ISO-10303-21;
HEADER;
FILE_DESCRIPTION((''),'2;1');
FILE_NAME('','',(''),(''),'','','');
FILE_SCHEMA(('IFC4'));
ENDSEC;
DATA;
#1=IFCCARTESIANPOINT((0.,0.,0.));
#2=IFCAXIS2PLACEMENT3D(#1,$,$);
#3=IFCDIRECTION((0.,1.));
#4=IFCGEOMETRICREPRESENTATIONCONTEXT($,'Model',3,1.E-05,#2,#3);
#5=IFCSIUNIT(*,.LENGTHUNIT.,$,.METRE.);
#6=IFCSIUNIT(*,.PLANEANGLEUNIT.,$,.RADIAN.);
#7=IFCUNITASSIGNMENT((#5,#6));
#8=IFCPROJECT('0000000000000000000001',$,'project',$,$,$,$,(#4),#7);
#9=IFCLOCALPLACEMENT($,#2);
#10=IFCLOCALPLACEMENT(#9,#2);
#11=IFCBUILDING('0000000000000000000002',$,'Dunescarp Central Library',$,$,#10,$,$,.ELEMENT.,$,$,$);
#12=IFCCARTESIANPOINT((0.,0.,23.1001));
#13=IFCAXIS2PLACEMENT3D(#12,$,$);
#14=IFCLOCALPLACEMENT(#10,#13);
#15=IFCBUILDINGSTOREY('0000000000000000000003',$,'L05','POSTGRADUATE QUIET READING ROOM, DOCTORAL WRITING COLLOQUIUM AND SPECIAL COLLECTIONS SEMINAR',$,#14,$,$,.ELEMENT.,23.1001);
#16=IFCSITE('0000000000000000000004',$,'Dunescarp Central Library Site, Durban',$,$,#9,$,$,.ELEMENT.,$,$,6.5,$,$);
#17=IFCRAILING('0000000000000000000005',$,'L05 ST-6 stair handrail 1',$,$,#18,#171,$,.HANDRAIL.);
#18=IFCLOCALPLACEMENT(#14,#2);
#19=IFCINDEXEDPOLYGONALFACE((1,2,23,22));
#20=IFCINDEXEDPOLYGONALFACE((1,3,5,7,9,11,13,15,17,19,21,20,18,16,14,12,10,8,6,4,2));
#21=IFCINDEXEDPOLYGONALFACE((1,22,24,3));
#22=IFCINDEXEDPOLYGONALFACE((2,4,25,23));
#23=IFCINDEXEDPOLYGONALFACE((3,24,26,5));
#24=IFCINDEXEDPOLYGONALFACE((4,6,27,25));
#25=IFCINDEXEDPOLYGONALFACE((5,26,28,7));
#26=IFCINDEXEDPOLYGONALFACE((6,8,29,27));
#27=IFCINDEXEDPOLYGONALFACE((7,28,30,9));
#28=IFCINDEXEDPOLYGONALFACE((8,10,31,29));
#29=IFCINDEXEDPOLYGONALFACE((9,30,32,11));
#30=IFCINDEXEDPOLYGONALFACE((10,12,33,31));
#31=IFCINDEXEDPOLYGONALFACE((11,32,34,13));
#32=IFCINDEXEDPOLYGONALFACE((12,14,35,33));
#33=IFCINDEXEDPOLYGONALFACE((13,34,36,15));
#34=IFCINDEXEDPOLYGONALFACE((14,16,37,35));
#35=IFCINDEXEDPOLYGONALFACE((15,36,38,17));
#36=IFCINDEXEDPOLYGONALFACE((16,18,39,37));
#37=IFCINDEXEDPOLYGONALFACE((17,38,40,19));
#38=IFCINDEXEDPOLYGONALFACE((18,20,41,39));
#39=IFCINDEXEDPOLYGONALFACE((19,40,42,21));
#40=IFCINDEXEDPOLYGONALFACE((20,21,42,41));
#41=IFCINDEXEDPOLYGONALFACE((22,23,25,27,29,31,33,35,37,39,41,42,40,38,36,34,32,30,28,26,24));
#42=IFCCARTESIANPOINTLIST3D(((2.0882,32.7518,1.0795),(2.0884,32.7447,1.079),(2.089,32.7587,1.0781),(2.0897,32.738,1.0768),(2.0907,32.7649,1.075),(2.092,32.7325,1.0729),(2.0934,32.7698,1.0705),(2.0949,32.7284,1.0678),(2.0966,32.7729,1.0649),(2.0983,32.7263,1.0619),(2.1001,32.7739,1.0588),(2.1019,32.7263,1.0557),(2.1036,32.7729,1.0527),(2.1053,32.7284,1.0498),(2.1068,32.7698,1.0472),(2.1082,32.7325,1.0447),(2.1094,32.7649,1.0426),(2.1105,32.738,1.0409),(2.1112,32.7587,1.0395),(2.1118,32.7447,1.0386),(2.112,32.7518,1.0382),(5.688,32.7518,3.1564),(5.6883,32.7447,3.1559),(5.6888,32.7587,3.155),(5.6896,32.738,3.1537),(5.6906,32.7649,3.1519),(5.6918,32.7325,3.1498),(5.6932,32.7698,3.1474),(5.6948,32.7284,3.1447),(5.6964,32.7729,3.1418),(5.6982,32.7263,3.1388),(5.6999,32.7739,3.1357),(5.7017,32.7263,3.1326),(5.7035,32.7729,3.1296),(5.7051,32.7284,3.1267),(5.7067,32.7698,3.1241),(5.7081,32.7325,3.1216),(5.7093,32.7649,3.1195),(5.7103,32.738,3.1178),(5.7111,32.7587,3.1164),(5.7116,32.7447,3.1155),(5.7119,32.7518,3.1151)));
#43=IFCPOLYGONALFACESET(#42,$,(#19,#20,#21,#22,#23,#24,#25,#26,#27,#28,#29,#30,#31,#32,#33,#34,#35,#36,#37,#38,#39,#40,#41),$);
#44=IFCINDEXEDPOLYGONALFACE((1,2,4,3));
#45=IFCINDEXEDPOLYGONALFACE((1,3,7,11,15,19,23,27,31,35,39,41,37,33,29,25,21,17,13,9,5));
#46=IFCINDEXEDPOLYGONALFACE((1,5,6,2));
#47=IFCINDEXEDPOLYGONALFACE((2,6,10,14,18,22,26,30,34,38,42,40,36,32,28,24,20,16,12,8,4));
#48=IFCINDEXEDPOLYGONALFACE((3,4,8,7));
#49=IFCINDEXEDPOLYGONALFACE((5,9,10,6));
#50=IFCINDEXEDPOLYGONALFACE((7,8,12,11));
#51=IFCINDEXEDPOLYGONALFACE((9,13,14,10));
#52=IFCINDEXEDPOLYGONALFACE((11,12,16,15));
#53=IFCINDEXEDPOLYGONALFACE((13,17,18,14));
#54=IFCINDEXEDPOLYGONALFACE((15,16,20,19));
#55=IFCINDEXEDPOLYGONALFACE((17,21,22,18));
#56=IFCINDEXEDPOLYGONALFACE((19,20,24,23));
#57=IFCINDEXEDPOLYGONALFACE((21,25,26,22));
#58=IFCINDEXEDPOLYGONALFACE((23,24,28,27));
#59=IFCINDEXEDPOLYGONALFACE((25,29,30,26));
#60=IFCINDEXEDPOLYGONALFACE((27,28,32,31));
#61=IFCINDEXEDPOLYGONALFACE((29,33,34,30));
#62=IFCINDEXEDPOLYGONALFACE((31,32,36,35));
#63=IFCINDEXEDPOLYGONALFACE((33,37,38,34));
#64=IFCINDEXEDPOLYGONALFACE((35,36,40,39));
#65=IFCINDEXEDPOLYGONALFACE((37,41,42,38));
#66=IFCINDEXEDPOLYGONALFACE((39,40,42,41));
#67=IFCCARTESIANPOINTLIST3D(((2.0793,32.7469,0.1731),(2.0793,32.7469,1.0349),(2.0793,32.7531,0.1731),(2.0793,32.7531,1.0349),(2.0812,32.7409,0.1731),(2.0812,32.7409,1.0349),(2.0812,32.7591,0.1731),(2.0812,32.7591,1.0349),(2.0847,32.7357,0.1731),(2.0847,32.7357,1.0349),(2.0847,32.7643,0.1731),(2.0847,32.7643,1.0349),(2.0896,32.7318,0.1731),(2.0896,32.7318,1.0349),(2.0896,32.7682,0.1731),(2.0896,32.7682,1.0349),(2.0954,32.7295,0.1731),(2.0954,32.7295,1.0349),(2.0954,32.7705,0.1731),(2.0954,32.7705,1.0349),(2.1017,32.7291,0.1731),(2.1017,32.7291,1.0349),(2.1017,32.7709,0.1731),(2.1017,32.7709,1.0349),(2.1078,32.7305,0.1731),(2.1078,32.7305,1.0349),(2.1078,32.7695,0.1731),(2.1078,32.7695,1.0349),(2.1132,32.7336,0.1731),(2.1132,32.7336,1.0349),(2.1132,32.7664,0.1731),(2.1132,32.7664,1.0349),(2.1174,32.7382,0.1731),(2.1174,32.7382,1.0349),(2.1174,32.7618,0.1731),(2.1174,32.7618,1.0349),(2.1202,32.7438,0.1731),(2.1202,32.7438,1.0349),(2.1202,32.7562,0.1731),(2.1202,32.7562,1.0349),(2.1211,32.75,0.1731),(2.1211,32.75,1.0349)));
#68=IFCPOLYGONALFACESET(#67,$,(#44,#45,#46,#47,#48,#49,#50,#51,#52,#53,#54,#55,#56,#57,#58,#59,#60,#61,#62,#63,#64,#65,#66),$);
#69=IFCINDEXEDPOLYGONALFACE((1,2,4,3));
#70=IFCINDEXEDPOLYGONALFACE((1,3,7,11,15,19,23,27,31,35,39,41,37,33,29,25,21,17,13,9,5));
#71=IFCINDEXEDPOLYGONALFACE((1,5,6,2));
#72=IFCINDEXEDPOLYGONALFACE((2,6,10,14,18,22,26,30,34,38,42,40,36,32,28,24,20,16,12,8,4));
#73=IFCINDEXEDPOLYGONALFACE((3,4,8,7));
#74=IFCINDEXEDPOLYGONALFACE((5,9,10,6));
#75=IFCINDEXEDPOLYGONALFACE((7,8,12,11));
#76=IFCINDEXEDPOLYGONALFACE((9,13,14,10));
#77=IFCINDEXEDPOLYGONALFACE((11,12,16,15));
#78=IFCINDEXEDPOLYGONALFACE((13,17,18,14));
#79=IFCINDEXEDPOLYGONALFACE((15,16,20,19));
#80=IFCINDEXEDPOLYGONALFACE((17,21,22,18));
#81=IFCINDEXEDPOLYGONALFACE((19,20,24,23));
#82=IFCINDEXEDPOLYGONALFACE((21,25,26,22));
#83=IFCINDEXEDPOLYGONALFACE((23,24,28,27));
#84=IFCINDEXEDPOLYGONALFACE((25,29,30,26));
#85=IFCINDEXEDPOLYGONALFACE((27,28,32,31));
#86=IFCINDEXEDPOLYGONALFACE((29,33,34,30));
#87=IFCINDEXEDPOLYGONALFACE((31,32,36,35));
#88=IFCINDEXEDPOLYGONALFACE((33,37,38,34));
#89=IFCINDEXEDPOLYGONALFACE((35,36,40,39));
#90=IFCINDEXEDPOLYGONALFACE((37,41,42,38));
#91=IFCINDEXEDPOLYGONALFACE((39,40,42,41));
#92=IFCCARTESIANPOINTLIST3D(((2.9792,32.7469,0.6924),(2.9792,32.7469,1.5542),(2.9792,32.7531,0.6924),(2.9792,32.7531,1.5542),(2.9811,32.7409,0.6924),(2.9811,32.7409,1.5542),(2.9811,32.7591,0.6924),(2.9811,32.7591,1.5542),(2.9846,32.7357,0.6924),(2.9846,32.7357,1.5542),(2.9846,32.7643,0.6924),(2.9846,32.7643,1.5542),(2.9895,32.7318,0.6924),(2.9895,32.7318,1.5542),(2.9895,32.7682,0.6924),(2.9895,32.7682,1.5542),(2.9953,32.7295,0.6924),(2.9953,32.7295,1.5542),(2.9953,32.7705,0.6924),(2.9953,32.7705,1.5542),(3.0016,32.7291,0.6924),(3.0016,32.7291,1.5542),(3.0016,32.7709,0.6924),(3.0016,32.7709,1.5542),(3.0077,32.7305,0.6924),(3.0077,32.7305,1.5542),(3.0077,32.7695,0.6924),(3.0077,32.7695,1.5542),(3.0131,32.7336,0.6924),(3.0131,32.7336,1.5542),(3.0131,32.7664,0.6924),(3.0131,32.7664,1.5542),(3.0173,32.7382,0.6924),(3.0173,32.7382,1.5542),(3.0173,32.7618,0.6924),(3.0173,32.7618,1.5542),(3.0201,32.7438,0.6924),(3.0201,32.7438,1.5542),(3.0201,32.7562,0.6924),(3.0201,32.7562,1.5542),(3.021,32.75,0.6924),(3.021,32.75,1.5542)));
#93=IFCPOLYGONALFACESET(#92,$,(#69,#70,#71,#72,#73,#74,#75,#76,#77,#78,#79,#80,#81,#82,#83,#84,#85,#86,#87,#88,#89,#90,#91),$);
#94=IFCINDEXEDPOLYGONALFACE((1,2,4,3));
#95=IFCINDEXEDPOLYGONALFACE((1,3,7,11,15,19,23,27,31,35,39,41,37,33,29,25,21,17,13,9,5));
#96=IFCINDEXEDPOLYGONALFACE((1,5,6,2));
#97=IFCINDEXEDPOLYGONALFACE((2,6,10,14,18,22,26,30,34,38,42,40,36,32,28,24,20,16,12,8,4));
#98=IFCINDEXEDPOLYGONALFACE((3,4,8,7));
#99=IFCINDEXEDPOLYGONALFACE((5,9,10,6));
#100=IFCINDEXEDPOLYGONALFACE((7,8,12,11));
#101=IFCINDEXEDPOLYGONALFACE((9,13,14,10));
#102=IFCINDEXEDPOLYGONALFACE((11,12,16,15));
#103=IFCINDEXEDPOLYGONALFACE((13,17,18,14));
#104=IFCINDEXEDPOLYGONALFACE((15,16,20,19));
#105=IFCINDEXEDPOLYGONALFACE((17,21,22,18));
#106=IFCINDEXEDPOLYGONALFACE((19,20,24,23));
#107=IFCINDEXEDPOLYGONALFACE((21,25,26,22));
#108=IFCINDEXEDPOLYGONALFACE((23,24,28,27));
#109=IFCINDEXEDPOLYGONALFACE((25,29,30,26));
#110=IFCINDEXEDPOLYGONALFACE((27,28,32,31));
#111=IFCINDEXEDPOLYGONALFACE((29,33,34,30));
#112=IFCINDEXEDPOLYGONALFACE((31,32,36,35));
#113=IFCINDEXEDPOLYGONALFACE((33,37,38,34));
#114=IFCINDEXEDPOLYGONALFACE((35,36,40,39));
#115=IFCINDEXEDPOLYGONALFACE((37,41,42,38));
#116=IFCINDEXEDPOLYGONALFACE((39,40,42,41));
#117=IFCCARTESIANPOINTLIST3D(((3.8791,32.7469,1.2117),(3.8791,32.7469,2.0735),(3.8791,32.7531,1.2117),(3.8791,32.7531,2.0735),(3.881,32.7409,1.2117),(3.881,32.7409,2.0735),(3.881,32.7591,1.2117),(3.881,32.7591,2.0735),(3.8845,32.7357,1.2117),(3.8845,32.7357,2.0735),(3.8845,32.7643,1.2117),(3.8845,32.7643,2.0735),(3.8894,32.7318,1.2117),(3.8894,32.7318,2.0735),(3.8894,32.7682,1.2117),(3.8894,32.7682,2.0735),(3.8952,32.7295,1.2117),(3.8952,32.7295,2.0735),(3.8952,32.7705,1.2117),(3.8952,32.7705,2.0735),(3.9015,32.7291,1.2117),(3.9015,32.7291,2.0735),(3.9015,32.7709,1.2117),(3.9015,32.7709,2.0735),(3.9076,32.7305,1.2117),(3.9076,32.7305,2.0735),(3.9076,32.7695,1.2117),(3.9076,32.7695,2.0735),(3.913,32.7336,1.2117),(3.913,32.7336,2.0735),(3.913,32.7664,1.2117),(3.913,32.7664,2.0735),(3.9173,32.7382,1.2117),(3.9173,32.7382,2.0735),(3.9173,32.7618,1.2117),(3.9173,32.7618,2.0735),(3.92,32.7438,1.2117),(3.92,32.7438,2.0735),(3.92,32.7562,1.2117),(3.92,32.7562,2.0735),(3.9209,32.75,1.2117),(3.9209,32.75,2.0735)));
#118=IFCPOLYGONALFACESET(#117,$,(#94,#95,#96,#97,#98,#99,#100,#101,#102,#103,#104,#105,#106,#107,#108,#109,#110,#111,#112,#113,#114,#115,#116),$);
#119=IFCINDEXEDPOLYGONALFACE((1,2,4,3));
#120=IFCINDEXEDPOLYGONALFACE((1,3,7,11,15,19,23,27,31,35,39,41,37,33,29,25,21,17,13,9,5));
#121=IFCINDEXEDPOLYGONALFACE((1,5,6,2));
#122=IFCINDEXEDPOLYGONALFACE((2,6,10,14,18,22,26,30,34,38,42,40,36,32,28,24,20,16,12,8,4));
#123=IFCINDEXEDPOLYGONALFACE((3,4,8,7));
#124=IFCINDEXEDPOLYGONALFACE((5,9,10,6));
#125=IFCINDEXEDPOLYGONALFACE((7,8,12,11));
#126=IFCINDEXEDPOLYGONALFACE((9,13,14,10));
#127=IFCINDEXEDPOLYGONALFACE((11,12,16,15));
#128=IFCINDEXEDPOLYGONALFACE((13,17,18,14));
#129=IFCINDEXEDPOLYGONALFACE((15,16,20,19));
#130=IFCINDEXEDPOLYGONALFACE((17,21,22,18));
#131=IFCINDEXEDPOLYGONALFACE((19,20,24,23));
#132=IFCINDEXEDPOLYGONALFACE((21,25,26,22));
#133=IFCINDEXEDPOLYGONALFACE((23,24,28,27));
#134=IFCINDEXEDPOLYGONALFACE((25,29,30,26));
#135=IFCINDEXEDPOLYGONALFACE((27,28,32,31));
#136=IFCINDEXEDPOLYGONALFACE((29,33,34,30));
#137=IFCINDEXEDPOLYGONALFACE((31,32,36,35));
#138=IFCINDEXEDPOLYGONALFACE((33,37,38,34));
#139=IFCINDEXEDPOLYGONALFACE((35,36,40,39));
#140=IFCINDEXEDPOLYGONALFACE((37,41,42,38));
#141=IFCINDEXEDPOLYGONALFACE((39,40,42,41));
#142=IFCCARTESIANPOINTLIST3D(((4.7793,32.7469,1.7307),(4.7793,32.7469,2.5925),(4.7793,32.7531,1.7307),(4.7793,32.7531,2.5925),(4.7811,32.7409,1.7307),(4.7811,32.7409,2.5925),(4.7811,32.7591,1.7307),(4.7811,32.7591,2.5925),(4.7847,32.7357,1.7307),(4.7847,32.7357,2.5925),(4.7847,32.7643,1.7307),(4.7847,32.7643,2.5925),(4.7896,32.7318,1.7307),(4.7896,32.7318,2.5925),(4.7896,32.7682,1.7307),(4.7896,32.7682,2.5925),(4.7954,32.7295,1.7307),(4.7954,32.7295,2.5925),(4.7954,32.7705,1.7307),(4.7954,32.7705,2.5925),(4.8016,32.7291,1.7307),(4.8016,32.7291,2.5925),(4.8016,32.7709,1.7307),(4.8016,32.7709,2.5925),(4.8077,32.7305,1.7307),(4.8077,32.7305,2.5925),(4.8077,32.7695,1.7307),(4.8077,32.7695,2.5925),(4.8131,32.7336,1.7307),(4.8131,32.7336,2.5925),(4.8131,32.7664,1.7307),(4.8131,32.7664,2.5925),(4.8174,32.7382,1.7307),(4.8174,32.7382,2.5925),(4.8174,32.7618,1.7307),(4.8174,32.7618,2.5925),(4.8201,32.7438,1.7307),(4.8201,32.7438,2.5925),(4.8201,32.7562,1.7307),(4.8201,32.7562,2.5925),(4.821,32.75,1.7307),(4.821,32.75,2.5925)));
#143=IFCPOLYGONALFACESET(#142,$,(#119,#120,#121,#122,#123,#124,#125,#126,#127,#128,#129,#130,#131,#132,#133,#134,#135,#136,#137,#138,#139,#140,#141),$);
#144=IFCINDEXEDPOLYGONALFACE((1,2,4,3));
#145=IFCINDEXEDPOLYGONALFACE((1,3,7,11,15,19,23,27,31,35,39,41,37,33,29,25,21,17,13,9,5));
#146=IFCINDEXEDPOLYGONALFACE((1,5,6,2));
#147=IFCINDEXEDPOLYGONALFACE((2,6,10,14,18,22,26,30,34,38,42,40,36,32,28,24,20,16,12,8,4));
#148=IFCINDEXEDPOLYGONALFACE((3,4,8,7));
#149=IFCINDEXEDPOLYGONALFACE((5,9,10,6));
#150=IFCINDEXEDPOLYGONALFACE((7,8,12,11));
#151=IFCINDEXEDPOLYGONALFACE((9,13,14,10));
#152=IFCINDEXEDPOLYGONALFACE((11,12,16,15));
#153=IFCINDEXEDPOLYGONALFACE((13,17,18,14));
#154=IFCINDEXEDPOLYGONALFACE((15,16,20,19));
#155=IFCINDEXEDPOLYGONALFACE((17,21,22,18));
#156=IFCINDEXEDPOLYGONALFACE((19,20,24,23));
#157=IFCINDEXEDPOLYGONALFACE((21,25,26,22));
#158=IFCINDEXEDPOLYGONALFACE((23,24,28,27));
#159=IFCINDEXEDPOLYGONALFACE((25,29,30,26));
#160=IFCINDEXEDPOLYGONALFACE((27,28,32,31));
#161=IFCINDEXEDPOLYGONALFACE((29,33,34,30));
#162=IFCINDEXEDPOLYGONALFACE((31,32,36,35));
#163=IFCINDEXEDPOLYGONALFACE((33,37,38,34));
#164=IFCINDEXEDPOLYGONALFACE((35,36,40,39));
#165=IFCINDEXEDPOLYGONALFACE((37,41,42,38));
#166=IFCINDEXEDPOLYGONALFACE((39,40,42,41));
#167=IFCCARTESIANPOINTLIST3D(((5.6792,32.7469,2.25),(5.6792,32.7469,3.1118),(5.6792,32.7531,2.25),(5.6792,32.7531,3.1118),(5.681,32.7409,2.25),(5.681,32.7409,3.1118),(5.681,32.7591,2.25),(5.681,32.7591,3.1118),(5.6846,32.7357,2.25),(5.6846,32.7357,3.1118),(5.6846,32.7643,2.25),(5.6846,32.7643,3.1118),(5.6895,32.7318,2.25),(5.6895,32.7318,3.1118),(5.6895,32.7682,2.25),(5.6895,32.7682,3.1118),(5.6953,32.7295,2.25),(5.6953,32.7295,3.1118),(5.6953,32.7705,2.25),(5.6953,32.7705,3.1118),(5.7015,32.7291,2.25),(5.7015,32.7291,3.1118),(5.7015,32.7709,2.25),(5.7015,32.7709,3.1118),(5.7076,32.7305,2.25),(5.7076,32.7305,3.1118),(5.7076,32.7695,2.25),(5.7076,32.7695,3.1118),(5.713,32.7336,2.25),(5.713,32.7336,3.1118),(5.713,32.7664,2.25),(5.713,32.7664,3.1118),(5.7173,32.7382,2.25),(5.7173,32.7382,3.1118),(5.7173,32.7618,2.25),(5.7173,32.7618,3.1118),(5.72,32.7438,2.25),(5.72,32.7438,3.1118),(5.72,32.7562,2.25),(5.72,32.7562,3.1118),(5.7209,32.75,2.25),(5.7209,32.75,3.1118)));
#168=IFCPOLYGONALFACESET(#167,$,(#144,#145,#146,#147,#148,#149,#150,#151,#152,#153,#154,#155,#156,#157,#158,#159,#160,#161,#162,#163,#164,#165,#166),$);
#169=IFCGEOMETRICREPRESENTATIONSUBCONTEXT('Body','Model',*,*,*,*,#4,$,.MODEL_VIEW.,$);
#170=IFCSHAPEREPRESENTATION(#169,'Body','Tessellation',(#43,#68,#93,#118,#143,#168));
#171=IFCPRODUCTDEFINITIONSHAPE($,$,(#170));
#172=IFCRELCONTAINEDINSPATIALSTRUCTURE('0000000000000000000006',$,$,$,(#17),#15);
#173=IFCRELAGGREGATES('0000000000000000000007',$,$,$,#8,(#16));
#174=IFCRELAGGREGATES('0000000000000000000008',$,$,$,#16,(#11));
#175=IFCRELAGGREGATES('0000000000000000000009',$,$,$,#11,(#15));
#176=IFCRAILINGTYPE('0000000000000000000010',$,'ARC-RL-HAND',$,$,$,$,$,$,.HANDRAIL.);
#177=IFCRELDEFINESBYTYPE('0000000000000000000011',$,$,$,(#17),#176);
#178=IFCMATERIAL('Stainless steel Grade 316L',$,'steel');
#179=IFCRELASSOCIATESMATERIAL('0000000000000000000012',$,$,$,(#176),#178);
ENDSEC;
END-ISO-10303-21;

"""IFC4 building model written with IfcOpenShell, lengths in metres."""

from ifc_helpers import new_model, si_unit, direction, frame, origin, origin_2d, place, context, subcontext, project, spatial, circle, extrude, material, type_object, element, save


model = new_model("IFC4")

# Units and contexts
model_context = context("Model", 3, precision=1e-05, world=origin(), true_north=direction((0.0, 1.0)))
body_context = subcontext(model_context, "Body", "Model", "MODEL_VIEW")
ifc_project = project(units=[si_unit("LENGTHUNIT", "METRE"), si_unit("PLANEANGLEUNIT", "RADIAN")], contexts=[model_context])

# Site, building, storey
site_placement = place(None, origin())
site = spatial("IfcSite", under=ifc_project, at=site_placement, Name="Dunescarp Central Library Site, Durban", CompositionType="ELEMENT", RefElevation=6.5)
building_placement = place(site_placement, origin())
building = spatial("IfcBuilding", under=site, at=building_placement, Name="Dunescarp Central Library", CompositionType="ELEMENT")
storey_placement = place(building_placement, frame((0.0, 0.0, 23.1001)))
storey = spatial("IfcBuildingStorey", under=building, at=storey_placement, Name="L05", Description="POSTGRADUATE QUIET READING ROOM, DOCTORAL WRITING COLLOQUIUM AND SPECIAL COLLECTIONS SEMINAR", CompositionType="ELEMENT", Elevation=23.1001)

# Railing
ifc_material_1 = material(Name="Stainless steel Grade 316L", Category="steel")
railing_type_1 = type_object("IfcRailingType", Name="ARC-RL-HAND", PredefinedType="HANDRAIL", material=ifc_material_1)
railing_1_placement = place(storey_placement, frame((2.1001, 32.75, 0.1731)))
element("IfcRailing", 1, at=railing_1_placement, inside=storey, type_object=railing_type_1, Name="L05 ST-6 stair handrail 1", PredefinedType="HANDRAIL", context=body_context, shape_type="SweptSolid", body=[
    extrude(circle(Radius=0.0239, at=origin_2d()), frame((0.0, 0.0, 0.8857), z_axis=(0.866179, 0.0, 0.499734), x_axis=(0.0, 1.0, 0.0)), (0.0, 0.0, 1.0), 4.156),
    extrude(circle(Radius=0.021, at=origin_2d()), origin(), (0.0, 0.0, 1.0), 0.8618),
    extrude(circle(Radius=0.021, at=origin_2d()), frame((0.8999, 0.0, 0.5193)), (0.0, 0.0, 1.0), 0.8618),
    extrude(circle(Radius=0.021, at=origin_2d()), frame((1.7998, 0.0, 1.0386)), (0.0, 0.0, 1.0), 0.8618),
    extrude(circle(Radius=0.021, at=origin_2d()), frame((2.7, 0.0, 1.5576)), (0.0, 0.0, 1.0), 0.8618),
    extrude(circle(Radius=0.021, at=origin_2d()), frame((3.5999, 0.0, 2.0769)), (0.0, 0.0, 1.0), 0.8618),
])

save(model, "model.ifc")
